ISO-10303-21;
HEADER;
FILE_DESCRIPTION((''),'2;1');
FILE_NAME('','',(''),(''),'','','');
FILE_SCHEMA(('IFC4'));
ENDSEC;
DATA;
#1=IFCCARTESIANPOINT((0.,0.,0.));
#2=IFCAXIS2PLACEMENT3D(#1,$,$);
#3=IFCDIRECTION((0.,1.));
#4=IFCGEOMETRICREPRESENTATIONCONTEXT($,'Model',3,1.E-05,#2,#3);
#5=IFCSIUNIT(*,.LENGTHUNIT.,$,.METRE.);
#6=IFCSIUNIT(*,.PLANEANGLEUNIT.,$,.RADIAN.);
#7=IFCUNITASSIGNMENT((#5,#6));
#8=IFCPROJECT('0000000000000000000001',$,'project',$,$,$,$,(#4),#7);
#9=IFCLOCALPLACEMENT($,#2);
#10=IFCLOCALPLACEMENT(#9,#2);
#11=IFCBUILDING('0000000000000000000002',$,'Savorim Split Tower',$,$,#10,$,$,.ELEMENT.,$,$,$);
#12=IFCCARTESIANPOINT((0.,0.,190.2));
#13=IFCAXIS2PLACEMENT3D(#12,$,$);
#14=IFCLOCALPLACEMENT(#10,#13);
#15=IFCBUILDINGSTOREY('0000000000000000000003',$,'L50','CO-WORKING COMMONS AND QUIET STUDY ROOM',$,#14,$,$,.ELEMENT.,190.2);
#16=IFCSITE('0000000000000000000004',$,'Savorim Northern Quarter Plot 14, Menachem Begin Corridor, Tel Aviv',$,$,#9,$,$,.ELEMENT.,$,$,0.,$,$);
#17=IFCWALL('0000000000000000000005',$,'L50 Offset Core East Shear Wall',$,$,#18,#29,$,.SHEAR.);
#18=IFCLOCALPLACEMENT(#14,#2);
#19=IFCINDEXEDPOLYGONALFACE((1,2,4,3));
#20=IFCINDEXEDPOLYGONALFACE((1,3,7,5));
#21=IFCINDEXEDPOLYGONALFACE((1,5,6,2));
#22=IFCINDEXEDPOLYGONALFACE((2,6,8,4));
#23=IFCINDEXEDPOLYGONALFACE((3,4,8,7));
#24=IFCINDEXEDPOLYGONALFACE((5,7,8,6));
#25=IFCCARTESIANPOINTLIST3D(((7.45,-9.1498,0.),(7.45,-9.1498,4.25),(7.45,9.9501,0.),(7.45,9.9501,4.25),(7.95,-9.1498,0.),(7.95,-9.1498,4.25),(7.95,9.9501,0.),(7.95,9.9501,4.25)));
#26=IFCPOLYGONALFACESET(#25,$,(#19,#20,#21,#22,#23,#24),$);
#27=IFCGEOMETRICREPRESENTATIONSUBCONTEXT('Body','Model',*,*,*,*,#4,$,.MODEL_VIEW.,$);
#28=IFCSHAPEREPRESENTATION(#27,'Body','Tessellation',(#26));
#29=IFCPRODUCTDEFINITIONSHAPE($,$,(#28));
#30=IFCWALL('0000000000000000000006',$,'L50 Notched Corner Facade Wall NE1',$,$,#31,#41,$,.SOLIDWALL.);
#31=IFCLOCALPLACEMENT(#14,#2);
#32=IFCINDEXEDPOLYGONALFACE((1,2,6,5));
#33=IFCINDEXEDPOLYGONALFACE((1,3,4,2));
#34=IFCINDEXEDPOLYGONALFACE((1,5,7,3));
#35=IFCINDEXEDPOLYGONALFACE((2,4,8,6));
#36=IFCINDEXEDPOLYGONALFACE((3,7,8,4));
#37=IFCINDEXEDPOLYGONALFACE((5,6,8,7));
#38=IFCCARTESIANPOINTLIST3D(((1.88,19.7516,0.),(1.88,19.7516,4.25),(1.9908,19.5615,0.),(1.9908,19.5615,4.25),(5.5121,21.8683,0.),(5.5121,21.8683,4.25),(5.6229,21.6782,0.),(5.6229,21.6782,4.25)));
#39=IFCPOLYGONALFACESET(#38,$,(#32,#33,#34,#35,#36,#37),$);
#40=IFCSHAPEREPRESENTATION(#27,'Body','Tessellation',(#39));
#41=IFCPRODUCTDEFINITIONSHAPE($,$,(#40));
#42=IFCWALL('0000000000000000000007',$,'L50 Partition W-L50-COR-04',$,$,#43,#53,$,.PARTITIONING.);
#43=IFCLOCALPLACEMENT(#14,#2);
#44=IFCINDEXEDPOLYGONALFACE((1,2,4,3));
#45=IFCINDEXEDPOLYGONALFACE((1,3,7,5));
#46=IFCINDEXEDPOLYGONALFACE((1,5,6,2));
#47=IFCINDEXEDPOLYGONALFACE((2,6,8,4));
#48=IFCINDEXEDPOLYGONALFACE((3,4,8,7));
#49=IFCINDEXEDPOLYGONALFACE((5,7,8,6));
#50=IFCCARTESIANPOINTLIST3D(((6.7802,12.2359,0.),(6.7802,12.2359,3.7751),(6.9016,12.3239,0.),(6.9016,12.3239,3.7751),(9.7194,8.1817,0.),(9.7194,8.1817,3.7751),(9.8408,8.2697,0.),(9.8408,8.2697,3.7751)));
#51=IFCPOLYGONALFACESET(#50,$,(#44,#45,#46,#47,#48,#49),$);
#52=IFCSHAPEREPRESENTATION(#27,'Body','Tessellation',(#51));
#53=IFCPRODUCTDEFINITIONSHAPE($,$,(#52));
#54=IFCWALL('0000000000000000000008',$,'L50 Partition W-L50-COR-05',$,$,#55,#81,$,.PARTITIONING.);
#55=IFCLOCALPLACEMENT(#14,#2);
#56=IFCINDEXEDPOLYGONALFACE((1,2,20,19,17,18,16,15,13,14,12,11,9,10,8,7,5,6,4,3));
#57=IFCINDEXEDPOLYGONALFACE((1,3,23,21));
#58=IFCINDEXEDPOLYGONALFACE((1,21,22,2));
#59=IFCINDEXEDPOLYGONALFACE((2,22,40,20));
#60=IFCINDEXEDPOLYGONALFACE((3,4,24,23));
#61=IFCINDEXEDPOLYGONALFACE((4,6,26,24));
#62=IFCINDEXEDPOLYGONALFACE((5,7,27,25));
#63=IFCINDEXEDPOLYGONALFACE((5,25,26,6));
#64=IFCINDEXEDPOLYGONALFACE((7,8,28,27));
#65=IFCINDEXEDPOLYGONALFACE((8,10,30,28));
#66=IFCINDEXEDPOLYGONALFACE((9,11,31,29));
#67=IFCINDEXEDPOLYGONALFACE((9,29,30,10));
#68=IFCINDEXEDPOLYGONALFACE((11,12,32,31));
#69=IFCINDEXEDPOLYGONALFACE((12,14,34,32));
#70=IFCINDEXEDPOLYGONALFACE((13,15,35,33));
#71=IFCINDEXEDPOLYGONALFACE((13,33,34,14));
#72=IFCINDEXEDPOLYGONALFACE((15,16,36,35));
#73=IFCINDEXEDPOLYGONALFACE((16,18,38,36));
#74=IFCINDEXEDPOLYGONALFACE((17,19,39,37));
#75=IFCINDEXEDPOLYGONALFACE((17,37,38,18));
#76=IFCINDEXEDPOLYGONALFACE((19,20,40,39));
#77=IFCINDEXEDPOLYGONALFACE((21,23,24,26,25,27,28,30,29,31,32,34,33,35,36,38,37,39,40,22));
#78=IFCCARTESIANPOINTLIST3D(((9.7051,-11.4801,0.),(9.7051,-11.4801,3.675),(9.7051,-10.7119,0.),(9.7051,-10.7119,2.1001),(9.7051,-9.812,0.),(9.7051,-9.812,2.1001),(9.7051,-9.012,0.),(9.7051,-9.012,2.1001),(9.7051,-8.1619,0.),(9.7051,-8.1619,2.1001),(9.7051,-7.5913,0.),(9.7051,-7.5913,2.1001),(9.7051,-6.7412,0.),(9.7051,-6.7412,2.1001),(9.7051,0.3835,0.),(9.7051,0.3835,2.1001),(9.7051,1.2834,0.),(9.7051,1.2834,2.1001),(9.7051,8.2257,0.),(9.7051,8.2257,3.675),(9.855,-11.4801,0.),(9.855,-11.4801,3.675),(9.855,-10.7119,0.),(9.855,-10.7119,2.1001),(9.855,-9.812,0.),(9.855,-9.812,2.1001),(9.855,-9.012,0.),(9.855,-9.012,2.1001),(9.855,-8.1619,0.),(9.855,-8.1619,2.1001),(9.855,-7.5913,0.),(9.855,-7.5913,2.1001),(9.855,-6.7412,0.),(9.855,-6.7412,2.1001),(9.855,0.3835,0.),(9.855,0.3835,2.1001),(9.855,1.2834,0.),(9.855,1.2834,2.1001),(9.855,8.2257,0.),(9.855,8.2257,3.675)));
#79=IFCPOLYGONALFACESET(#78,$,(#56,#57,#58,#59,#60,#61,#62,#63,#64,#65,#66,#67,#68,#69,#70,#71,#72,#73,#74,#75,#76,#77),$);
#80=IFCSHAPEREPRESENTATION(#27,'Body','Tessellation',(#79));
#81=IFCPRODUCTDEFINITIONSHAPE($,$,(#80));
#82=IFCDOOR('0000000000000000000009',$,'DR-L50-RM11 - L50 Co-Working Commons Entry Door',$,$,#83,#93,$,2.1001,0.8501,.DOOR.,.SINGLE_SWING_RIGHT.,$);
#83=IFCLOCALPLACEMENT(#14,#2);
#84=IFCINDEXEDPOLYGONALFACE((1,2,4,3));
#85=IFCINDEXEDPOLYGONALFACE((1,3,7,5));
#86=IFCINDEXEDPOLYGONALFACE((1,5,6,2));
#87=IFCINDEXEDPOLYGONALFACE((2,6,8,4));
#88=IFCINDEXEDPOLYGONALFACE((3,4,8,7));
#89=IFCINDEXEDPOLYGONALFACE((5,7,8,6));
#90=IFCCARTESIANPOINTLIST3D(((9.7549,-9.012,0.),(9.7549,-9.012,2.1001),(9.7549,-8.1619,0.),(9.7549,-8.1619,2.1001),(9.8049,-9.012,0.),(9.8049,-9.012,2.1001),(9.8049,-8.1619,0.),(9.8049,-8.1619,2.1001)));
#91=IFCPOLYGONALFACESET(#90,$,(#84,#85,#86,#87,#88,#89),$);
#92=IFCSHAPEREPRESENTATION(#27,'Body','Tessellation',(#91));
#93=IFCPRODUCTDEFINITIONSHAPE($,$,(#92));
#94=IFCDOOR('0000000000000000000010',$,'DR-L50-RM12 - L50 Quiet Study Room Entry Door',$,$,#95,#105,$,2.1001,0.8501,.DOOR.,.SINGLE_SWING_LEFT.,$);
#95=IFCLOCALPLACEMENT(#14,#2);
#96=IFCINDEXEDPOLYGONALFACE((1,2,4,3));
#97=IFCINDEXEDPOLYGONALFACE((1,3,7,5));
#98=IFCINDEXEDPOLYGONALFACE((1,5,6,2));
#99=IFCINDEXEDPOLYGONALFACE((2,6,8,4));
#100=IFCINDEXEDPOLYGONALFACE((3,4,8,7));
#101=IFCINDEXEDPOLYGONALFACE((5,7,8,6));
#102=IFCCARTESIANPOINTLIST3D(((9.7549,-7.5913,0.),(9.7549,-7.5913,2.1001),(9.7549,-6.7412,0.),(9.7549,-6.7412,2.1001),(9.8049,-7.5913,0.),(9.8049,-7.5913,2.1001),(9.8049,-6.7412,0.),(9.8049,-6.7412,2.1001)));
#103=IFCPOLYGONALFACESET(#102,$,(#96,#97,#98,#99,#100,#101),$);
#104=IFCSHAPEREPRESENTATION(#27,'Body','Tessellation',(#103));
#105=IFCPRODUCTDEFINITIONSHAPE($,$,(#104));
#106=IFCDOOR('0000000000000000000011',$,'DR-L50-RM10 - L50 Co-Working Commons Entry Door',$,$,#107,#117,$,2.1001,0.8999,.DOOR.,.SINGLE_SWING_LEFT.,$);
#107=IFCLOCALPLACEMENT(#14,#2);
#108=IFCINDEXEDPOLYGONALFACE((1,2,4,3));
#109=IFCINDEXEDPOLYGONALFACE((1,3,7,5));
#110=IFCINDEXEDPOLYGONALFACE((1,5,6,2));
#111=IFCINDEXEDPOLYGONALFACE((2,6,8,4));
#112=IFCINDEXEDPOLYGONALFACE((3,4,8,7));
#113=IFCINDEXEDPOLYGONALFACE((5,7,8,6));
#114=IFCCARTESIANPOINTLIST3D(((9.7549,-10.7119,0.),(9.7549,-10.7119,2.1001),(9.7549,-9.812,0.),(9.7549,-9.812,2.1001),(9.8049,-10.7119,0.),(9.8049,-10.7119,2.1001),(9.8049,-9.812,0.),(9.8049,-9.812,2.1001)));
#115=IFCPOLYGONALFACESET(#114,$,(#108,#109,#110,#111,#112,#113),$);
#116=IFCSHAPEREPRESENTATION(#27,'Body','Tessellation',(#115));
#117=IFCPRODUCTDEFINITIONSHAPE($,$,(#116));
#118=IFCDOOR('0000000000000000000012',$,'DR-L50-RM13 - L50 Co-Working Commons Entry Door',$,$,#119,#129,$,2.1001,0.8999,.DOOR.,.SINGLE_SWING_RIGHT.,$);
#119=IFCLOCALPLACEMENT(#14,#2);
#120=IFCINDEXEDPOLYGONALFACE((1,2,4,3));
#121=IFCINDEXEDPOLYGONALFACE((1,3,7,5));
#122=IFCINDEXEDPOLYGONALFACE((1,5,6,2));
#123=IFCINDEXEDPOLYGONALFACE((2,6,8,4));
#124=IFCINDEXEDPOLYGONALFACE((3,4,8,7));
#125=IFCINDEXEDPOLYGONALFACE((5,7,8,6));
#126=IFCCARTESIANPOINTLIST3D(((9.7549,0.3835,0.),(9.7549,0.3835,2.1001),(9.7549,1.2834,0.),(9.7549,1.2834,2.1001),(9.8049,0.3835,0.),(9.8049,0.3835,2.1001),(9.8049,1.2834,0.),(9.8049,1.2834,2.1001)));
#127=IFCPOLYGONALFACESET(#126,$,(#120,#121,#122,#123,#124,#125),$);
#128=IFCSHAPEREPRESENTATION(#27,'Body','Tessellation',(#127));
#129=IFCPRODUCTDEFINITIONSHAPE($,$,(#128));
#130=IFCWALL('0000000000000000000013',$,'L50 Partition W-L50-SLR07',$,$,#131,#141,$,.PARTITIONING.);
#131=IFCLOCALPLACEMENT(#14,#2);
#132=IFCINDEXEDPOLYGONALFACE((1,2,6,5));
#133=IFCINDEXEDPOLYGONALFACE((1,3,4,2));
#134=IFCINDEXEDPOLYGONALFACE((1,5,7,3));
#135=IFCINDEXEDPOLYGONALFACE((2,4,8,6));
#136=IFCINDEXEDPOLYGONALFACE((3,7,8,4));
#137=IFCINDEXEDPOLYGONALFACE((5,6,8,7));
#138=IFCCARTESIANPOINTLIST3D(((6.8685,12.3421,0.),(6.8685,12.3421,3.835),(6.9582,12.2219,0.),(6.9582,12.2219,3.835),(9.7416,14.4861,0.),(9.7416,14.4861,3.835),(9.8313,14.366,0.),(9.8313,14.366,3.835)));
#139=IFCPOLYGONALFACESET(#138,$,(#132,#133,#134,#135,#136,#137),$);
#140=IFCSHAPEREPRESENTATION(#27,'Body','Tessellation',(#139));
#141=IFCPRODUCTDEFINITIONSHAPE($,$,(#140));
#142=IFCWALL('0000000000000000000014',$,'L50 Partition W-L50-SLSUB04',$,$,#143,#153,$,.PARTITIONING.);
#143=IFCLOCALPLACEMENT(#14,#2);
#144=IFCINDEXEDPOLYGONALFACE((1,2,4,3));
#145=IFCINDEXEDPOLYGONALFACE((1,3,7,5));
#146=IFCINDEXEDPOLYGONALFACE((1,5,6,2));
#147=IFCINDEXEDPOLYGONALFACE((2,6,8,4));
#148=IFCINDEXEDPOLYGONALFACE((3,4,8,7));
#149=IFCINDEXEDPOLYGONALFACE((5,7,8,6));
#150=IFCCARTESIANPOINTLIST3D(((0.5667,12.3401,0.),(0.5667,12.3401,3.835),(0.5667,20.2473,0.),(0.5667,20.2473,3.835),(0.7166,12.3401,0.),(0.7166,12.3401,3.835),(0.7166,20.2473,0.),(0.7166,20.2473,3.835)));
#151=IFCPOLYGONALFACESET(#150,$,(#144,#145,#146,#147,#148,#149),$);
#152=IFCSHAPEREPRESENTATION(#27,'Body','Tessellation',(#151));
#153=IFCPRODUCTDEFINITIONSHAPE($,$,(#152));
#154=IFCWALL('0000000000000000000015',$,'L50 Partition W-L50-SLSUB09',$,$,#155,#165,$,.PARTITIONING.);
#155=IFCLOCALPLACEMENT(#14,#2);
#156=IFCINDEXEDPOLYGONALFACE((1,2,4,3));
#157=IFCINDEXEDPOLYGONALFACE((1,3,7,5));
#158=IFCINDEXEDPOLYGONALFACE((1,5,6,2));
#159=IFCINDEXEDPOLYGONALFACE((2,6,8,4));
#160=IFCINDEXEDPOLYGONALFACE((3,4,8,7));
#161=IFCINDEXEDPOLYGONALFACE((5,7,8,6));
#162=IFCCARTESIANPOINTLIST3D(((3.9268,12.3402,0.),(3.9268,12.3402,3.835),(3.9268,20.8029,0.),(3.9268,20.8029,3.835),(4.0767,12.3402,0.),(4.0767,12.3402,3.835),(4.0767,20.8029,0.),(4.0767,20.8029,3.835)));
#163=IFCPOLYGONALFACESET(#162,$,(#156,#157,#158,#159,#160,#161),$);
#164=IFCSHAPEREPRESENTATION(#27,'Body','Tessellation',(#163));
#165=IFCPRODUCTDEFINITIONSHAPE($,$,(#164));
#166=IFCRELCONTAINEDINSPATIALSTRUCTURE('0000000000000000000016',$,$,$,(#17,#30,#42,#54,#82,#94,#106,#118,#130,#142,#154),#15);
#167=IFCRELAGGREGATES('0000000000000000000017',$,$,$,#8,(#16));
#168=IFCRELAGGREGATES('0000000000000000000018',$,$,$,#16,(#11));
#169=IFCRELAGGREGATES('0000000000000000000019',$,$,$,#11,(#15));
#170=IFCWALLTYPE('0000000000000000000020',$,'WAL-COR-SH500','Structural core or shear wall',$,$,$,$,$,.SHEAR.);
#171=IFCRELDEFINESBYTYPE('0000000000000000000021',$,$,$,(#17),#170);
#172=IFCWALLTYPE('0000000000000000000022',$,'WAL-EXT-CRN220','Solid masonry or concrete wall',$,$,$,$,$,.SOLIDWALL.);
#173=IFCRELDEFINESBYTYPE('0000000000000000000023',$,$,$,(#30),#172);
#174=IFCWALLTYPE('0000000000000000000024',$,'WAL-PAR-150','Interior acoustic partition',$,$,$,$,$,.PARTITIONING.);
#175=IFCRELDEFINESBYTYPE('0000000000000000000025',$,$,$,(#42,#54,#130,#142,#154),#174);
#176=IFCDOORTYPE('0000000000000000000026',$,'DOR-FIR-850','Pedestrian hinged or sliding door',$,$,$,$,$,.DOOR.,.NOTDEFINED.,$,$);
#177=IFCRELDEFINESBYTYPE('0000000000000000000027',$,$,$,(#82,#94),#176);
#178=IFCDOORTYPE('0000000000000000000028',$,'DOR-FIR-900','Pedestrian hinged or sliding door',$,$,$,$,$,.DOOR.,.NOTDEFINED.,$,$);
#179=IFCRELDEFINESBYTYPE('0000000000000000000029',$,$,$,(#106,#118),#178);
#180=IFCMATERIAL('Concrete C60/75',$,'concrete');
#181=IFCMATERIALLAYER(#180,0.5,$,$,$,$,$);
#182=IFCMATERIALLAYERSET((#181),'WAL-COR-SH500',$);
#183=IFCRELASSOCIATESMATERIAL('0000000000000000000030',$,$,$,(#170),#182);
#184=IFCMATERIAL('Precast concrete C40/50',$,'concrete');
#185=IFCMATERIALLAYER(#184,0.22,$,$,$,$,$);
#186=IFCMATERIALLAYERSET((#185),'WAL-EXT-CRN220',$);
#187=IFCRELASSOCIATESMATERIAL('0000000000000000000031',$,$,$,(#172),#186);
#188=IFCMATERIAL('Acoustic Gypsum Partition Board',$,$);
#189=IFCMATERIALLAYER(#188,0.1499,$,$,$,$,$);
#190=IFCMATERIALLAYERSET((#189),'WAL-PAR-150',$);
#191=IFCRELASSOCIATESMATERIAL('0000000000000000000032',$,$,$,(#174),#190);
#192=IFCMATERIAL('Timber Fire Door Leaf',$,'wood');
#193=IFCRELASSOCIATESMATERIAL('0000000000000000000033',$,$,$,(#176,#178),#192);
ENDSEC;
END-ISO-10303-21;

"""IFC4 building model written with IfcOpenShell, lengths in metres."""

from ifc_helpers import new_model, si_unit, direction, frame, frame_2d, origin, place, context, subcontext, project, spatial, rectangle, extrude, material, layer, layer_set, type_object, element, fill, save


model = new_model("IFC4")

# Units and contexts
model_context = context("Model", 3, precision=1e-05, world=origin(), true_north=direction((0.0, 1.0)))
body_context = subcontext(model_context, "Body", "Model", "MODEL_VIEW")
ifc_project = project(units=[si_unit("LENGTHUNIT", "METRE"), si_unit("PLANEANGLEUNIT", "RADIAN")], contexts=[model_context])

# Site, building, storey
site_placement = place(None, origin())
site = spatial("IfcSite", under=ifc_project, at=site_placement, Name="Savorim Northern Quarter Plot 14, Menachem Begin Corridor, Tel Aviv", CompositionType="ELEMENT", RefElevation=0.0)
building_placement = place(site_placement, origin())
building = spatial("IfcBuilding", under=site, at=building_placement, Name="Savorim Split Tower", CompositionType="ELEMENT")
storey_placement = place(building_placement, frame((0.0, 0.0, 190.2)))
storey = spatial("IfcBuildingStorey", under=building, at=storey_placement, Name="L50", Description="CO-WORKING COMMONS AND QUIET STUDY ROOM", CompositionType="ELEMENT", Elevation=190.2)

# Shared definitions
ifc_material_1 = material(Name="Concrete C60/75", Category="concrete")
ifc_layer_1 = layer(ifc_material_1, 0.5)
ifc_layer_set_1 = layer_set([ifc_layer_1], Name="WAL-COR-SH500")
wall_type_1 = type_object("IfcWallType", Name="WAL-COR-SH500", Description="Structural core or shear wall", PredefinedType="SHEAR", material=ifc_layer_set_1)
ifc_material_2 = material(Name="Timber Fire Door Leaf", Category="wood")

# Walls
wall_1_placement = place(storey_placement, frame((7.7, 9.95, 0.0), z_axis=(0.0, 0.0, 1.0), x_axis=(0.0, -1.0, 0.0)))
element("IfcWall", 1, at=wall_1_placement, inside=storey, type_object=wall_type_1, Name="L50 Offset Core East Shear Wall", PredefinedType="SHEAR", context=body_context, shape_type="SweptSolid", body=[
    extrude(rectangle(XDim=19.0999, YDim=0.5, at=frame_2d((9.5498, 0.0))), origin(), (0.0, 0.0, 1.0), 4.25),
])
ifc_material_3 = material(Name="Precast concrete C40/50", Category="concrete")
ifc_layer_2 = layer(ifc_material_3, 0.22)
ifc_layer_set_2 = layer_set([ifc_layer_2], Name="WAL-EXT-CRN220")
wall_type_2 = type_object("IfcWallType", Name="WAL-EXT-CRN220", Description="Solid masonry or concrete wall", PredefinedType="SOLIDWALL", material=ifc_layer_set_2)
wall_2_placement = place(storey_placement, frame((1.9353, 19.6565, 0.0), z_axis=(0.0, 0.0, 1.0), x_axis=(0.863987, 0.503514, 0.0)))
element("IfcWall", 2, at=wall_2_placement, inside=storey, type_object=wall_type_2, Name="L50 Notched Corner Facade Wall NE1", PredefinedType="SOLIDWALL", context=body_context, shape_type="SweptSolid", body=[
    extrude(rectangle(XDim=4.2039, YDim=0.22, at=frame_2d((2.1021, 0.0))), origin(), (0.0, 0.0, 1.0), 4.25),
])
ifc_material_4 = material(Name="Acoustic Gypsum Partition Board")
ifc_layer_3 = layer(ifc_material_4, 0.1499)
ifc_layer_set_3 = layer_set([ifc_layer_3], Name="WAL-PAR-150")
wall_type_3 = type_object("IfcWallType", Name="WAL-PAR-150", Description="Interior acoustic partition", PredefinedType="PARTITIONING", material=ifc_layer_set_3)
wall_3_placement = place(storey_placement, frame((6.8408, 12.28, 0.0), z_axis=(0.0, 0.0, 1.0), x_axis=(0.586956, -0.809619, 0.0)))
element("IfcWall", 3, at=wall_3_placement, inside=storey, type_object=wall_type_3, Name="L50 Partition W-L50-COR-04", PredefinedType="PARTITIONING", context=body_context, shape_type="SweptSolid", body=[
    extrude(rectangle(XDim=5.0076, YDim=0.1499, at=frame_2d((2.5039, 0.0))), origin(), (0.0, 0.0, 1.0), 3.7751),
])

# Wall, openings, doors
wall_4_placement = place(storey_placement, frame((9.78, 8.2258, 0.0), z_axis=(0.0, 0.0, 1.0), x_axis=(0.0, -1.0, 0.0)))
wall_4 = element("IfcWall", 4, at=wall_4_placement, inside=storey, type_object=wall_type_3, Name="L50 Partition W-L50-COR-05", PredefinedType="PARTITIONING", context=body_context, shape_type="SweptSolid", body=[
    extrude(rectangle(XDim=19.7058, YDim=0.1499, at=frame_2d((9.853, 0.0))), origin(), (0.0, 0.0, 1.0), 3.675),
])
opening_1_placement = place(wall_4_placement, frame((18.0378, 0.0, 0.0)))
opening_1 = element("IfcOpeningElement", 5, at=opening_1_placement, cuts=wall_4, PredefinedType="OPENING", context=body_context, shape_type="SweptSolid", body=[
    extrude(rectangle(XDim=0.8999, YDim=2.1001, at=frame_2d((0.45, 1.05))), frame((0.0, 0.085, 0.0), z_axis=(0.0, -1.0, 0.0), x_axis=(1.0, 0.0, 0.0)), (0.0, 0.0, 1.0), 0.1699),
])
opening_2_placement = place(wall_4_placement, frame((16.3877, 0.0, 0.0)))
opening_2 = element("IfcOpeningElement", 6, at=opening_2_placement, cuts=wall_4, PredefinedType="OPENING", context=body_context, shape_type="SweptSolid", body=[
    extrude(rectangle(XDim=0.8501, YDim=2.1001, at=frame_2d((0.425, 1.05))), frame((0.0, 0.085, 0.0), z_axis=(0.0, -1.0, 0.0), x_axis=(1.0, 0.0, 0.0)), (0.0, 0.0, 1.0), 0.1699),
])
opening_3_placement = place(wall_4_placement, frame((14.967, 0.0, 0.0)))
opening_3 = element("IfcOpeningElement", 7, at=opening_3_placement, cuts=wall_4, PredefinedType="OPENING", context=body_context, shape_type="SweptSolid", body=[
    extrude(rectangle(XDim=0.8501, YDim=2.1001, at=frame_2d((0.425, 1.05))), frame((0.0, 0.085, 0.0), z_axis=(0.0, -1.0, 0.0), x_axis=(1.0, 0.0, 0.0)), (0.0, 0.0, 1.0), 0.1699),
])
opening_4_placement = place(wall_4_placement, frame((6.9424, 0.0, 0.0)))
opening_4 = element("IfcOpeningElement", 8, at=opening_4_placement, cuts=wall_4, PredefinedType="OPENING", context=body_context, shape_type="SweptSolid", body=[
    extrude(rectangle(XDim=0.8999, YDim=2.1001, at=frame_2d((0.45, 1.05))), frame((0.0, 0.085, 0.0), z_axis=(0.0, -1.0, 0.0), x_axis=(1.0, 0.0, 0.0)), (0.0, 0.0, 1.0), 0.1699),
])
door_type_1 = type_object("IfcDoorType", Name="DOR-FIR-850", Description="Pedestrian hinged or sliding door", OperationType="NOTDEFINED", PredefinedType="DOOR", material=ifc_material_2)
door_1_placement = place(opening_2_placement, origin())
door_1 = element("IfcDoor", 9, at=door_1_placement, inside=storey, type_object=door_type_1, Name="DR-L50-RM11 - L50 Co-Working Commons Entry Door", OperationType="SINGLE_SWING_RIGHT", OverallHeight=2.1001, OverallWidth=0.8501, PredefinedType="DOOR", context=body_context, shape_type="SweptSolid", body=[
    extrude(rectangle(XDim=0.8501, YDim=2.1001, at=frame_2d((0.425, 1.05))), frame((0.0, 0.0249, 0.0), z_axis=(0.0, -1.0, 0.0), x_axis=(1.0, 0.0, 0.0)), (0.0, 0.0, 1.0), 0.05),
])
fill(opening_2, door_1)
door_2_placement = place(opening_3_placement, origin())
door_2 = element("IfcDoor", 10, at=door_2_placement, inside=storey, type_object=door_type_1, Name="DR-L50-RM12 - L50 Quiet Study Room Entry Door", OperationType="SINGLE_SWING_LEFT", OverallHeight=2.1001, OverallWidth=0.8501, PredefinedType="DOOR", context=body_context, shape_type="SweptSolid", body=[
    extrude(rectangle(XDim=0.8501, YDim=2.1001, at=frame_2d((0.425, 1.05))), frame((0.0, 0.0249, 0.0), z_axis=(0.0, -1.0, 0.0), x_axis=(1.0, 0.0, 0.0)), (0.0, 0.0, 1.0), 0.05),
])
fill(opening_3, door_2)
door_type_2 = type_object("IfcDoorType", Name="DOR-FIR-900", Description="Pedestrian hinged or sliding door", OperationType="NOTDEFINED", PredefinedType="DOOR", material=ifc_material_2)
door_3_placement = place(opening_1_placement, origin())
door_3 = element("IfcDoor", 11, at=door_3_placement, inside=storey, type_object=door_type_2, Name="DR-L50-RM10 - L50 Co-Working Commons Entry Door", OperationType="SINGLE_SWING_LEFT", OverallHeight=2.1001, OverallWidth=0.8999, PredefinedType="DOOR", context=body_context, shape_type="SweptSolid", body=[
    extrude(rectangle(XDim=0.8999, YDim=2.1001, at=frame_2d((0.45, 1.05))), frame((0.0, 0.0249, 0.0), z_axis=(0.0, -1.0, 0.0), x_axis=(1.0, 0.0, 0.0)), (0.0, 0.0, 1.0), 0.05),
])
fill(opening_1, door_3)
door_4_placement = place(opening_4_placement, origin())
door_4 = element("IfcDoor", 12, at=door_4_placement, inside=storey, type_object=door_type_2, Name="DR-L50-RM13 - L50 Co-Working Commons Entry Door", OperationType="SINGLE_SWING_RIGHT", OverallHeight=2.1001, OverallWidth=0.8999, PredefinedType="DOOR", context=body_context, shape_type="SweptSolid", body=[
    extrude(rectangle(XDim=0.8999, YDim=2.1001, at=frame_2d((0.45, 1.05))), frame((0.0, 0.0249, 0.0), z_axis=(0.0, -1.0, 0.0), x_axis=(1.0, 0.0, 0.0)), (0.0, 0.0, 1.0), 0.05),
])
fill(opening_4, door_4)

# Walls
wall_5_placement = place(storey_placement, frame((6.9133, 12.282, 0.0), z_axis=(0.0, 0.0, 1.0), x_axis=(0.801436, 0.59808, 0.0)))
element("IfcWall", 13, at=wall_5_placement, inside=storey, type_object=wall_type_3, Name="L50 Partition W-L50-SLR07", PredefinedType="PARTITIONING", context=body_context, shape_type="SweptSolid", body=[
    extrude(rectangle(XDim=3.585, YDim=0.1499, at=frame_2d((1.7925, 0.0))), origin(), (0.0, 0.0, 1.0), 3.835),
])
wall_6_placement = place(storey_placement, frame((0.6416, 12.3401, 0.0), z_axis=(0.0, 0.0, 1.0), x_axis=(0.0, 1.0, 0.0)))
element("IfcWall", 14, at=wall_6_placement, inside=storey, type_object=wall_type_3, Name="L50 Partition W-L50-SLSUB04", PredefinedType="PARTITIONING", context=body_context, shape_type="SweptSolid", body=[
    extrude(rectangle(XDim=7.9072, YDim=0.1499, at=frame_2d((3.9536, 0.0))), origin(), (0.0, 0.0, 1.0), 3.835),
])
wall_7_placement = place(storey_placement, frame((4.0017, 12.3401, 0.0), z_axis=(0.0, 0.0, 1.0), x_axis=(0.0, 1.0, 0.0)))
element("IfcWall", 15, at=wall_7_placement, inside=storey, type_object=wall_type_3, Name="L50 Partition W-L50-SLSUB09", PredefinedType="PARTITIONING", context=body_context, shape_type="SweptSolid", body=[
    extrude(rectangle(XDim=8.4626, YDim=0.1499, at=frame_2d((4.2314, 0.0))), origin(), (0.0, 0.0, 1.0), 3.835),
])

save(model, "model.ifc")
